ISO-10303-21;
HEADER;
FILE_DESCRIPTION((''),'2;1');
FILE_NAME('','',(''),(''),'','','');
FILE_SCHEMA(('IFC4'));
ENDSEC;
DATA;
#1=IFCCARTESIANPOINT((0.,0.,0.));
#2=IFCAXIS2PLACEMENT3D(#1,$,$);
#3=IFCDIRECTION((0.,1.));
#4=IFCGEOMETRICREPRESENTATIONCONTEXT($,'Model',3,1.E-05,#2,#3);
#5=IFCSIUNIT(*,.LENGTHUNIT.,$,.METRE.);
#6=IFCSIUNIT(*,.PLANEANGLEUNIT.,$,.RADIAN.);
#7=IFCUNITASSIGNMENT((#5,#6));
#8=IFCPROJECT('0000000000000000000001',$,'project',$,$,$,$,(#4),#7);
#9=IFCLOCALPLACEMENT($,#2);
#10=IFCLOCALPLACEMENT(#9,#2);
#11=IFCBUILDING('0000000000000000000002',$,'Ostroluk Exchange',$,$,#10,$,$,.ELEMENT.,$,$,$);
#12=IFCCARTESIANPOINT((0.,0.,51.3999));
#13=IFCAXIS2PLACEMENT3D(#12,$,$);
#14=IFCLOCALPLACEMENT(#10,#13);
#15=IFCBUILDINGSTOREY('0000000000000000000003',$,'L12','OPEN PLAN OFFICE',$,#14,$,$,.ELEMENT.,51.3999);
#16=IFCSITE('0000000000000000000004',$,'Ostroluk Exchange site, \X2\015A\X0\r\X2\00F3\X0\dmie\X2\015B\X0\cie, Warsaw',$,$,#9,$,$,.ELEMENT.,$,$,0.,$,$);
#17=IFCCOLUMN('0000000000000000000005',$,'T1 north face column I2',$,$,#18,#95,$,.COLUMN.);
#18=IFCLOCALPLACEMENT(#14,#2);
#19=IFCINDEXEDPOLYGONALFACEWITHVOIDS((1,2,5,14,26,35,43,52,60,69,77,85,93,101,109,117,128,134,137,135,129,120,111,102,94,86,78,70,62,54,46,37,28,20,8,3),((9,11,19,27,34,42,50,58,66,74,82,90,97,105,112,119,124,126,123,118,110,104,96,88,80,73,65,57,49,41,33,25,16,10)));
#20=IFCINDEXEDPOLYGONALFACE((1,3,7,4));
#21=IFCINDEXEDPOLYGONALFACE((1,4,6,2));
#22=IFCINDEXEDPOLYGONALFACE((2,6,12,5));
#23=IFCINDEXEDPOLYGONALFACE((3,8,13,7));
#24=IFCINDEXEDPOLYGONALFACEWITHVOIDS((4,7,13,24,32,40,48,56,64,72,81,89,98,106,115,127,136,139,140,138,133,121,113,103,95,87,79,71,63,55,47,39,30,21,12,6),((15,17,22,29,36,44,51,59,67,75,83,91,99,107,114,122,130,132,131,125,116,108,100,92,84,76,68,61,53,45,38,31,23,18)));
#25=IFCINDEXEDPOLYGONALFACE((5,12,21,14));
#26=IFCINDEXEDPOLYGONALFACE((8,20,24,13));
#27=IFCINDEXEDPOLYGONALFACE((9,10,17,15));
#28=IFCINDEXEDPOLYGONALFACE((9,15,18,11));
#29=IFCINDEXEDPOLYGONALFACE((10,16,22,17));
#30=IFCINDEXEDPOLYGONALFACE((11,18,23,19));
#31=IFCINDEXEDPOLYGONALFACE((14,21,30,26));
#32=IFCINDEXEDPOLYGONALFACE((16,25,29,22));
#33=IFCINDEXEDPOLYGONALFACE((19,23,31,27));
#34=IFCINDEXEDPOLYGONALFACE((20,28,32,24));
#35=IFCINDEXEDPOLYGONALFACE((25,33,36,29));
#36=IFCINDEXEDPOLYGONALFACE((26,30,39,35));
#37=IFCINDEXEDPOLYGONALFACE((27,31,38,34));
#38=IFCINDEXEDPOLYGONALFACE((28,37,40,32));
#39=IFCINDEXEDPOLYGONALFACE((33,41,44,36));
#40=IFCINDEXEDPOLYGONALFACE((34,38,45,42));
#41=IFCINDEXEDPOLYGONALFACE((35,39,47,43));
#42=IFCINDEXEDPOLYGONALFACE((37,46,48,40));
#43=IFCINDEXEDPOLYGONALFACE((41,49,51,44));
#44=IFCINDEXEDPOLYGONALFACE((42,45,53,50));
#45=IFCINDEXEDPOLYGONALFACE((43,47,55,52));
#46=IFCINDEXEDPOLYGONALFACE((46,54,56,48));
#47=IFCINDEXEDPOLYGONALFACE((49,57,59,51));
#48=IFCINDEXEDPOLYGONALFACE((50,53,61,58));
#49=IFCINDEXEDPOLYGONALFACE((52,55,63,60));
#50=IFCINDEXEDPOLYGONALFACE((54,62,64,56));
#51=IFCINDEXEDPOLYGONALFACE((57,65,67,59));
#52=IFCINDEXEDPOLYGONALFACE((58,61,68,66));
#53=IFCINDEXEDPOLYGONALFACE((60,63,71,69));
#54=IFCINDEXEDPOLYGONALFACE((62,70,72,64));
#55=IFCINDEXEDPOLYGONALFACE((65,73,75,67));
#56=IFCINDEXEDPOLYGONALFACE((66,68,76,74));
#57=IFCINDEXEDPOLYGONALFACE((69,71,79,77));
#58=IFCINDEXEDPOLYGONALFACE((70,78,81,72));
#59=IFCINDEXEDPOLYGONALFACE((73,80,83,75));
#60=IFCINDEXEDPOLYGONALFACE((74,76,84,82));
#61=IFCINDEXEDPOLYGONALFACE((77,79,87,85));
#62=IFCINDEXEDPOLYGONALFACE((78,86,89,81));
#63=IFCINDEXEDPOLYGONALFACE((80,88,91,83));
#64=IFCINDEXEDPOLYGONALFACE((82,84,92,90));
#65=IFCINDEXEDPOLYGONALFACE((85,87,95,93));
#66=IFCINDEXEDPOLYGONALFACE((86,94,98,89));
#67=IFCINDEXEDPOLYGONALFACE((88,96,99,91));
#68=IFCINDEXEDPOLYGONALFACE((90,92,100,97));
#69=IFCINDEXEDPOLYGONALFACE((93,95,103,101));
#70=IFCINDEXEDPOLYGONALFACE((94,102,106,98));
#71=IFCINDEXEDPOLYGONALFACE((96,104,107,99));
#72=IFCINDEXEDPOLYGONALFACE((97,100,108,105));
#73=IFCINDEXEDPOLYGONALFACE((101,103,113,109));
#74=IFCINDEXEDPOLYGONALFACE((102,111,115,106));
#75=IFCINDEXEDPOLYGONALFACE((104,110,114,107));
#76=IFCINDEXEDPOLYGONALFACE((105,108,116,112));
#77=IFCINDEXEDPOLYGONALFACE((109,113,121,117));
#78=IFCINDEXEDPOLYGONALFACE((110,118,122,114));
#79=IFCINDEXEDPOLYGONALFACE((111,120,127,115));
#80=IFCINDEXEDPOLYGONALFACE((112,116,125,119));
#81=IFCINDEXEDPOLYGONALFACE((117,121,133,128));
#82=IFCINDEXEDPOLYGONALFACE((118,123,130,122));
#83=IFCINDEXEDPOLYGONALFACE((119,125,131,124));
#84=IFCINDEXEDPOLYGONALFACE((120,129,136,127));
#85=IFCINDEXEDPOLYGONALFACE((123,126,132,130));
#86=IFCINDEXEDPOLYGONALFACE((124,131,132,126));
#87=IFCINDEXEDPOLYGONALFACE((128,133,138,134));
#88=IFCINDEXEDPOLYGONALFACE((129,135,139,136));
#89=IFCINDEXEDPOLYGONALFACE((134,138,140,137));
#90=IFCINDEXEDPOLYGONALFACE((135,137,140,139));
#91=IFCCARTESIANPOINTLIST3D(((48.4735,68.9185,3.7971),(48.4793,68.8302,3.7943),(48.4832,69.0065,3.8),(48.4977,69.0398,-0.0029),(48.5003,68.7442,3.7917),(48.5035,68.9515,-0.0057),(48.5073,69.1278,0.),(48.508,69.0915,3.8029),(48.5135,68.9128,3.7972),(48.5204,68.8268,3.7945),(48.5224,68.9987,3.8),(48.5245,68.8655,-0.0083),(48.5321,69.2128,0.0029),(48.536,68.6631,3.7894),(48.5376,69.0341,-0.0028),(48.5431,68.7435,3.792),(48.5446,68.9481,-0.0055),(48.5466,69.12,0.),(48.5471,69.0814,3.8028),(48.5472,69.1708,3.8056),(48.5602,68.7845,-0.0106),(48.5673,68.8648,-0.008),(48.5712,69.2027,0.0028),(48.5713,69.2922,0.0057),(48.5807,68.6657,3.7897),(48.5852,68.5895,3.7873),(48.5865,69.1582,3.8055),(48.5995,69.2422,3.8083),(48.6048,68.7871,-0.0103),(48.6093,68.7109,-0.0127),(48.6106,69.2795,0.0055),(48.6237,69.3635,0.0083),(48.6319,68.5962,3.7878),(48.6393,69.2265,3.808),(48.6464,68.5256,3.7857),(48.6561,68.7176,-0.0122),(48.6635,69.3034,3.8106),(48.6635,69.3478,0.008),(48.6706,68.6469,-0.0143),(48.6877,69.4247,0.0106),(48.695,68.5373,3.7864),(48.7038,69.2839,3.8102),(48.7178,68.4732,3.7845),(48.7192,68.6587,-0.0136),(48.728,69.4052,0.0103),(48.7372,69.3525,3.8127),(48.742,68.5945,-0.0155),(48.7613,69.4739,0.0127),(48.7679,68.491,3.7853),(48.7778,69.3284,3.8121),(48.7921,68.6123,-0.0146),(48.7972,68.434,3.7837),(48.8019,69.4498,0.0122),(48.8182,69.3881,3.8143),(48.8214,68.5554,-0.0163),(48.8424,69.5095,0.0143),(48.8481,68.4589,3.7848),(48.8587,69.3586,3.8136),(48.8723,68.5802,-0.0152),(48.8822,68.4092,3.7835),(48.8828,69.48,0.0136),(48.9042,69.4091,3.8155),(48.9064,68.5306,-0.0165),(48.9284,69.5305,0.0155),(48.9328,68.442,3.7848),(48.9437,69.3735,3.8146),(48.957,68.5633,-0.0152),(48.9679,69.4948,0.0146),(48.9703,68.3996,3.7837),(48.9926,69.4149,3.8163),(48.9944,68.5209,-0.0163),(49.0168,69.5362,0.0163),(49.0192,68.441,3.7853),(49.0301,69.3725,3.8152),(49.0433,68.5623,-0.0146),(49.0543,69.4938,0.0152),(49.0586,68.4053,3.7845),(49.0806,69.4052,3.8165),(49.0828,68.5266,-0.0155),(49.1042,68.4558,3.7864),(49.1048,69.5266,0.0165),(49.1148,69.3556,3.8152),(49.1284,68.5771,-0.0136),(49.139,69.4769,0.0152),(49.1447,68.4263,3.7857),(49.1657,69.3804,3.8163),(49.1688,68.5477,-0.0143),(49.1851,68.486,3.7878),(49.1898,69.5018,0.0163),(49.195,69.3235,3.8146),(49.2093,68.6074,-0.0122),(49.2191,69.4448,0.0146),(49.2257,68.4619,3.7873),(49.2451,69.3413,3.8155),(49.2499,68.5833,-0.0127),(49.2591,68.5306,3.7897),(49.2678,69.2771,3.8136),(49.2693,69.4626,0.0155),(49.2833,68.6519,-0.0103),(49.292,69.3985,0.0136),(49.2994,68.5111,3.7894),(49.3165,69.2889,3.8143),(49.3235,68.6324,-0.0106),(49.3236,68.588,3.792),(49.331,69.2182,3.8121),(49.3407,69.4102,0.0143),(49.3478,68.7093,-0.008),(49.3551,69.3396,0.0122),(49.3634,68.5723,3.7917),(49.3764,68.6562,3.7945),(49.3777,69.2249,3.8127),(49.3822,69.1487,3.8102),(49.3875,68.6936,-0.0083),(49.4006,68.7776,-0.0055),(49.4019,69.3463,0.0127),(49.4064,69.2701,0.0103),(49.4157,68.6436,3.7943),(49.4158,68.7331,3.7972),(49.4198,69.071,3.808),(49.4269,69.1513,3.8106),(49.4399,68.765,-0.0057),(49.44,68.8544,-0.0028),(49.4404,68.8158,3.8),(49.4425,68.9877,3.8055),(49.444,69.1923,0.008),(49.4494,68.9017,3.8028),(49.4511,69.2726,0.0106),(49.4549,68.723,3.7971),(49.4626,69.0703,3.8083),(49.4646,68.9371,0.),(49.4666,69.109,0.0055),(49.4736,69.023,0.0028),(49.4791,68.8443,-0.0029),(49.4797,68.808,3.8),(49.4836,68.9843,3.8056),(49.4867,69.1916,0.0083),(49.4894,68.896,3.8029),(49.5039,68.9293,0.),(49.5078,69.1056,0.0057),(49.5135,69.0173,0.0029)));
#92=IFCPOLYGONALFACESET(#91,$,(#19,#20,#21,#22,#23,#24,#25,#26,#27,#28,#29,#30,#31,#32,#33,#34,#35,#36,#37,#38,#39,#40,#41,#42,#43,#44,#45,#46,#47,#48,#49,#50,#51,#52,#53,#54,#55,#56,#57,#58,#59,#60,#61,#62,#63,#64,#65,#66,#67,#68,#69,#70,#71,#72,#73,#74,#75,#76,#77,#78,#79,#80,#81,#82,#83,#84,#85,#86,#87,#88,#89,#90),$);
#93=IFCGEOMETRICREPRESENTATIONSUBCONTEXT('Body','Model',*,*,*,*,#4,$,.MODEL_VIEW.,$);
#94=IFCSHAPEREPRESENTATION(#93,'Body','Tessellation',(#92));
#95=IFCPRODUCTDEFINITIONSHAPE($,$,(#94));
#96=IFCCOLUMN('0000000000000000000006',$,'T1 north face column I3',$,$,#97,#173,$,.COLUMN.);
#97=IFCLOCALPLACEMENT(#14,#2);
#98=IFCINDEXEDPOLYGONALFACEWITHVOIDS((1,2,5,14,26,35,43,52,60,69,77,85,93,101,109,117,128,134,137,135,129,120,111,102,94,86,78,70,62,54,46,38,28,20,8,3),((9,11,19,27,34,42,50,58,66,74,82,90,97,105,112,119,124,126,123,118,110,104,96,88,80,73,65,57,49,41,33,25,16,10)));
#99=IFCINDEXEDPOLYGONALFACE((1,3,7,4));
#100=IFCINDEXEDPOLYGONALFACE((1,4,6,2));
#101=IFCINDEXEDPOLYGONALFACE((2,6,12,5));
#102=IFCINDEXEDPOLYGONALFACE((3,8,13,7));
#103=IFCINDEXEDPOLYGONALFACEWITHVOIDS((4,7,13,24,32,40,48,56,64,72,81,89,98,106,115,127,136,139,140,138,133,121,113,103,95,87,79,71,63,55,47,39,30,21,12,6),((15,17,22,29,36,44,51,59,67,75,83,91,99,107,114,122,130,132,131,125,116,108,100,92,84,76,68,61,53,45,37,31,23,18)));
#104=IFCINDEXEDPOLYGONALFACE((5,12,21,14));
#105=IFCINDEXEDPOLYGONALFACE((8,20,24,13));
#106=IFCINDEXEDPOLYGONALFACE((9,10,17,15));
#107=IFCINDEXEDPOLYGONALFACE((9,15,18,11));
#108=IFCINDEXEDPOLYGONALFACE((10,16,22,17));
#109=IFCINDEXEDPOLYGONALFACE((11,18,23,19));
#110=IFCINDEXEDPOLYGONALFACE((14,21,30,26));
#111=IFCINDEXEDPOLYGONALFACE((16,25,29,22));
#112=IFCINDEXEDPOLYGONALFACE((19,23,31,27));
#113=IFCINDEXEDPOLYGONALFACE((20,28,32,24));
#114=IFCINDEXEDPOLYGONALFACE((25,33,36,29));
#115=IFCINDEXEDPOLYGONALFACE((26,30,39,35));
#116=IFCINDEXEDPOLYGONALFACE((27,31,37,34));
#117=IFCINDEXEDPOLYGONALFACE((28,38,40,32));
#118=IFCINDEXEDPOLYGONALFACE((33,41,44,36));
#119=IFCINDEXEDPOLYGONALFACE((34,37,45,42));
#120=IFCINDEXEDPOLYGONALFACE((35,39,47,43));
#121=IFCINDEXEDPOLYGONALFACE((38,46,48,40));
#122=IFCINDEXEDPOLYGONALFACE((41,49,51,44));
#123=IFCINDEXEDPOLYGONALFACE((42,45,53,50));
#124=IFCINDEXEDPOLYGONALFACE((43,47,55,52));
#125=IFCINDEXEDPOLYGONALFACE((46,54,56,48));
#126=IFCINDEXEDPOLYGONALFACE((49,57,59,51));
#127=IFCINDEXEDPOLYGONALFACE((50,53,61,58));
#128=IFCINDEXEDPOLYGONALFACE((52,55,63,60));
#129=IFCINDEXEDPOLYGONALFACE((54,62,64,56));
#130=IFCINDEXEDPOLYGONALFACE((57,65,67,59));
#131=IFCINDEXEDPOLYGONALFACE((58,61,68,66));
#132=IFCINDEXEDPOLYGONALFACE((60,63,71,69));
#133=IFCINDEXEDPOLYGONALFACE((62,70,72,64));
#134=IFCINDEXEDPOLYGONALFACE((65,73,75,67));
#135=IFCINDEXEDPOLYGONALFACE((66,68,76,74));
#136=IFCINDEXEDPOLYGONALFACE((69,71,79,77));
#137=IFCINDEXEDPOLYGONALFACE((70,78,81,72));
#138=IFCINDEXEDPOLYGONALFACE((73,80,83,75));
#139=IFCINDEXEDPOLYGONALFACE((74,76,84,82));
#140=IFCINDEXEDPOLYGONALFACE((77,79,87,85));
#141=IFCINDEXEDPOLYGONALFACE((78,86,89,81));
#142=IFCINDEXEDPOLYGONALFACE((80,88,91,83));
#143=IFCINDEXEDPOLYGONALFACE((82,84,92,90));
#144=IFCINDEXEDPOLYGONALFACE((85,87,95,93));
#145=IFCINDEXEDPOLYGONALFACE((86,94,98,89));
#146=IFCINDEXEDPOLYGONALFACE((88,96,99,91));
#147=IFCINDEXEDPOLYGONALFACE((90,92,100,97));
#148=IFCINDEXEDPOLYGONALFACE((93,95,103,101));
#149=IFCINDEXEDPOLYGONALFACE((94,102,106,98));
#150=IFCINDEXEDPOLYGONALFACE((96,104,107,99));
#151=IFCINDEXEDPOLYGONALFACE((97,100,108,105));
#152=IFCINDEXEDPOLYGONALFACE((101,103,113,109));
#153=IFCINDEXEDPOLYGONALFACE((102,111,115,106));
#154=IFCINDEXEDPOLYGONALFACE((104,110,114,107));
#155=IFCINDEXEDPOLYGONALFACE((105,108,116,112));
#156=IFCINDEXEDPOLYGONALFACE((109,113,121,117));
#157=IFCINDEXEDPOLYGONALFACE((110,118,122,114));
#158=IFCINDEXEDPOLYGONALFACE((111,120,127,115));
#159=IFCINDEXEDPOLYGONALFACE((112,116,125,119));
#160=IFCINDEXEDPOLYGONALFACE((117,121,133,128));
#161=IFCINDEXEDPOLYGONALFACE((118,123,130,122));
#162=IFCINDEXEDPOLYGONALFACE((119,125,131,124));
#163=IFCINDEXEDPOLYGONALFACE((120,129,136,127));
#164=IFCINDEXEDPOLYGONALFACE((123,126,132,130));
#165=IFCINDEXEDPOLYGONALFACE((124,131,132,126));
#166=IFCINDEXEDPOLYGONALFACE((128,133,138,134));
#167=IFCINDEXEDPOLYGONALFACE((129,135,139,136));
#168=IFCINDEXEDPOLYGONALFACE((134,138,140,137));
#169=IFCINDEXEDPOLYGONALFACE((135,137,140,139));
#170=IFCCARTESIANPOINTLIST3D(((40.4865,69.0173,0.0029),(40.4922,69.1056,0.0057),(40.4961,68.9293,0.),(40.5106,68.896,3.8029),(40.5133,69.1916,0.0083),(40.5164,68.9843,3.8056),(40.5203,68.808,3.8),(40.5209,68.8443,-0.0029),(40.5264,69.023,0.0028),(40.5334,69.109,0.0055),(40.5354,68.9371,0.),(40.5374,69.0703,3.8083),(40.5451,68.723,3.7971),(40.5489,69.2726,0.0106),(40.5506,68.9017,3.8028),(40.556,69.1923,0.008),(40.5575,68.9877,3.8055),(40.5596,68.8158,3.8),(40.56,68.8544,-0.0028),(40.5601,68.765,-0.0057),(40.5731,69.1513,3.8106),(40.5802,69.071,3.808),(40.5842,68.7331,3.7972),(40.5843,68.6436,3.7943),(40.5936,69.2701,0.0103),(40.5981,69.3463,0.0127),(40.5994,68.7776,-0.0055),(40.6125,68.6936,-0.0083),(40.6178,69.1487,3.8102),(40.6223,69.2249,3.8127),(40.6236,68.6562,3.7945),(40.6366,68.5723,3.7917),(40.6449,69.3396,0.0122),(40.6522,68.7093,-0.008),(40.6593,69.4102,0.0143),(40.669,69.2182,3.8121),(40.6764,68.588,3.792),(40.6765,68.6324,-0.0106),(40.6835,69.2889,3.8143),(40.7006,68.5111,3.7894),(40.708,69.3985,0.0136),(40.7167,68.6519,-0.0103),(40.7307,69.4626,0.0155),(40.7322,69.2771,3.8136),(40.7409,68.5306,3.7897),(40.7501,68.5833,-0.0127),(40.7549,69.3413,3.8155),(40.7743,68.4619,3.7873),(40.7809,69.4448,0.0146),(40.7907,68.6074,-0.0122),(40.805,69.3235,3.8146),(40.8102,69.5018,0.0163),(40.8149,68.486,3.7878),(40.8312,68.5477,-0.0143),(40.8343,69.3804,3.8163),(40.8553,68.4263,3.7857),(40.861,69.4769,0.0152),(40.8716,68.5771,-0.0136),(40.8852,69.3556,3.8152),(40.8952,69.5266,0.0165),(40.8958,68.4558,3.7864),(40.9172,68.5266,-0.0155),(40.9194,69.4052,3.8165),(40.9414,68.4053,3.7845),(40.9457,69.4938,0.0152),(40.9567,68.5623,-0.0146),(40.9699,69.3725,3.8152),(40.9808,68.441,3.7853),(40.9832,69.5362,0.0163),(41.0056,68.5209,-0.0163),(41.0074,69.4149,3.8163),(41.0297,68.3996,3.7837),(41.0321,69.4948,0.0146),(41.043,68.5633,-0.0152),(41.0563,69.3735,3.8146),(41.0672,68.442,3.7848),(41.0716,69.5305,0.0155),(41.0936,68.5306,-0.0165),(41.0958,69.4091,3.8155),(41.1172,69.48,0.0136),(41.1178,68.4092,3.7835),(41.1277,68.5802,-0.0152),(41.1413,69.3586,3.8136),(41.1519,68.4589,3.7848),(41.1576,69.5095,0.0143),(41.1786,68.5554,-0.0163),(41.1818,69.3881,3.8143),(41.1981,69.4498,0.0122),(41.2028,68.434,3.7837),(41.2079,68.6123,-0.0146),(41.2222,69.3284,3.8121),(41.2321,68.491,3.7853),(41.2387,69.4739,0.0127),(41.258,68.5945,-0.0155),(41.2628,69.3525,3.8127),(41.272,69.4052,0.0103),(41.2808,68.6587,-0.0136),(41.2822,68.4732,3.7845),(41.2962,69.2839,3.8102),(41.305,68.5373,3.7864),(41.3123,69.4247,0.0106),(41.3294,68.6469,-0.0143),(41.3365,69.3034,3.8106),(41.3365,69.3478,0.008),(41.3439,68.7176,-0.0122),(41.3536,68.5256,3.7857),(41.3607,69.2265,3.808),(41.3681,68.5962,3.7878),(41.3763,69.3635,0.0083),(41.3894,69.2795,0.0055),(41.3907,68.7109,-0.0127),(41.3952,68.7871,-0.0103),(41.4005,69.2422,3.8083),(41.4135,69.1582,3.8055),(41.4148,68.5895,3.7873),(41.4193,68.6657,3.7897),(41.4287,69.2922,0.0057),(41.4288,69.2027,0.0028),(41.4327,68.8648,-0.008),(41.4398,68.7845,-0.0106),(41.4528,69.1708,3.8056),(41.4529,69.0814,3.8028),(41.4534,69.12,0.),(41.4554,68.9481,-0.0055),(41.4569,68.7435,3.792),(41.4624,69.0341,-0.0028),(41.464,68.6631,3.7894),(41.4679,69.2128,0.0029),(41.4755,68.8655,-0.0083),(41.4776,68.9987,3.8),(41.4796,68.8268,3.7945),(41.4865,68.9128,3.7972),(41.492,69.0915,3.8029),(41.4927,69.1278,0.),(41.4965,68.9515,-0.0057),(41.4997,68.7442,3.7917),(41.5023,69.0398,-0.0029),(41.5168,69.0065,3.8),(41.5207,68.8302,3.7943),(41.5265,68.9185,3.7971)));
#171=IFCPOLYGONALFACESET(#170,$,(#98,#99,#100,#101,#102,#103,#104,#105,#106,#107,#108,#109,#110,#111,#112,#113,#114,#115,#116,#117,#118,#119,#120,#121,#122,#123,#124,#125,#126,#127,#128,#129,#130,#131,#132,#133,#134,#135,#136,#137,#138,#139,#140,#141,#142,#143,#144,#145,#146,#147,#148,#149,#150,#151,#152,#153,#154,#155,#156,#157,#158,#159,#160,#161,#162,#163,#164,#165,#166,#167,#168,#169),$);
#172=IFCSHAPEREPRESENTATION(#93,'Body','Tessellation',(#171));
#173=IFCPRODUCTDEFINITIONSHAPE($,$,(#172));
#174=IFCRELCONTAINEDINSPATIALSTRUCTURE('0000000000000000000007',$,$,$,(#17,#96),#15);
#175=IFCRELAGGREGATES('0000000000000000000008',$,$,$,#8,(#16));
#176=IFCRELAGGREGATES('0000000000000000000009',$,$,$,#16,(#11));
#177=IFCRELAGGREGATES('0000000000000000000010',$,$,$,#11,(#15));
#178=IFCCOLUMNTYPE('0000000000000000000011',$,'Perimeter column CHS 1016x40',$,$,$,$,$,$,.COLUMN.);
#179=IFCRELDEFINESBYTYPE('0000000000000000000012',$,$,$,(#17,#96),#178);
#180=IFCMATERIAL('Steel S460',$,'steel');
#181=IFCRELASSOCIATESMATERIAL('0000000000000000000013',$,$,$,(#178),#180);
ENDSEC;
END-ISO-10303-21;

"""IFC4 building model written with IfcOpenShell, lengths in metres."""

from ifc_helpers import new_model, si_unit, direction, frame, origin, origin_2d, place, context, subcontext, project, spatial, hollow_circle, extrude, material, material_profile, profile_set, type_object, element, save


model = new_model("IFC4")

# Units and contexts
model_context = context("Model", 3, precision=1e-05, world=origin(), true_north=direction((0.0, 1.0)))
body_context = subcontext(model_context, "Body", "Model", "MODEL_VIEW")
ifc_project = project(units=[si_unit("LENGTHUNIT", "METRE"), si_unit("PLANEANGLEUNIT", "RADIAN")], contexts=[model_context])

# Site, building, storey
site_placement = place(None, origin())
site = spatial("IfcSite", under=ifc_project, at=site_placement, Name="Ostroluk Exchange site, Śródmieście, Warsaw", CompositionType="ELEMENT", RefElevation=0.0)
building_placement = place(site_placement, origin())
building = spatial("IfcBuilding", under=site, at=building_placement, Name="Ostroluk Exchange", CompositionType="ELEMENT")
storey_placement = place(building_placement, frame((0.0, 0.0, 51.3999)))
storey = spatial("IfcBuildingStorey", under=building, at=storey_placement, Name="L12", Description="OPEN PLAN OFFICE", CompositionType="ELEMENT", Elevation=51.3999)

# Columns
ifc_material_1 = material(Name="Steel S460", Category="steel")
ifc_material_profile_1 = material_profile(ifc_material_1, hollow_circle(Radius=0.5081, WallThickness=0.04, at=origin_2d()), Name="CHS 1016x40")
ifc_profile_set_1 = profile_set([ifc_material_profile_1], Name="Steel S460")
column_type = type_object("IfcColumnType", Name="Perimeter column CHS 1016x40", PredefinedType="COLUMN", material=ifc_profile_set_1)
for number, where, z_axis, x_axis, name in (
    (1, (49.0056, 69.0286, 0.0), (-0.006357, -0.031914, 0.99947), (0.980732, -0.195357, 0.0), "T1 north face column I2"),
    (2, (40.9944, 69.0286, 0.0), (0.006357, -0.031914, 0.99947), (0.980732, 0.195357, 0.0), "T1 north face column I3"),
):
    element("IfcColumn", number, at=place(storey_placement, frame(where, z_axis=z_axis, x_axis=x_axis)), inside=storey, type_object=column_type, Name=name, PredefinedType="COLUMN", context=body_context, shape_type="SweptSolid", body=[
        extrude(hollow_circle(Radius=0.5081, WallThickness=0.04, at=origin_2d()), origin(), (0.0, 0.0, 1.0), 3.802),
    ])

save(model, "model.ifc")
